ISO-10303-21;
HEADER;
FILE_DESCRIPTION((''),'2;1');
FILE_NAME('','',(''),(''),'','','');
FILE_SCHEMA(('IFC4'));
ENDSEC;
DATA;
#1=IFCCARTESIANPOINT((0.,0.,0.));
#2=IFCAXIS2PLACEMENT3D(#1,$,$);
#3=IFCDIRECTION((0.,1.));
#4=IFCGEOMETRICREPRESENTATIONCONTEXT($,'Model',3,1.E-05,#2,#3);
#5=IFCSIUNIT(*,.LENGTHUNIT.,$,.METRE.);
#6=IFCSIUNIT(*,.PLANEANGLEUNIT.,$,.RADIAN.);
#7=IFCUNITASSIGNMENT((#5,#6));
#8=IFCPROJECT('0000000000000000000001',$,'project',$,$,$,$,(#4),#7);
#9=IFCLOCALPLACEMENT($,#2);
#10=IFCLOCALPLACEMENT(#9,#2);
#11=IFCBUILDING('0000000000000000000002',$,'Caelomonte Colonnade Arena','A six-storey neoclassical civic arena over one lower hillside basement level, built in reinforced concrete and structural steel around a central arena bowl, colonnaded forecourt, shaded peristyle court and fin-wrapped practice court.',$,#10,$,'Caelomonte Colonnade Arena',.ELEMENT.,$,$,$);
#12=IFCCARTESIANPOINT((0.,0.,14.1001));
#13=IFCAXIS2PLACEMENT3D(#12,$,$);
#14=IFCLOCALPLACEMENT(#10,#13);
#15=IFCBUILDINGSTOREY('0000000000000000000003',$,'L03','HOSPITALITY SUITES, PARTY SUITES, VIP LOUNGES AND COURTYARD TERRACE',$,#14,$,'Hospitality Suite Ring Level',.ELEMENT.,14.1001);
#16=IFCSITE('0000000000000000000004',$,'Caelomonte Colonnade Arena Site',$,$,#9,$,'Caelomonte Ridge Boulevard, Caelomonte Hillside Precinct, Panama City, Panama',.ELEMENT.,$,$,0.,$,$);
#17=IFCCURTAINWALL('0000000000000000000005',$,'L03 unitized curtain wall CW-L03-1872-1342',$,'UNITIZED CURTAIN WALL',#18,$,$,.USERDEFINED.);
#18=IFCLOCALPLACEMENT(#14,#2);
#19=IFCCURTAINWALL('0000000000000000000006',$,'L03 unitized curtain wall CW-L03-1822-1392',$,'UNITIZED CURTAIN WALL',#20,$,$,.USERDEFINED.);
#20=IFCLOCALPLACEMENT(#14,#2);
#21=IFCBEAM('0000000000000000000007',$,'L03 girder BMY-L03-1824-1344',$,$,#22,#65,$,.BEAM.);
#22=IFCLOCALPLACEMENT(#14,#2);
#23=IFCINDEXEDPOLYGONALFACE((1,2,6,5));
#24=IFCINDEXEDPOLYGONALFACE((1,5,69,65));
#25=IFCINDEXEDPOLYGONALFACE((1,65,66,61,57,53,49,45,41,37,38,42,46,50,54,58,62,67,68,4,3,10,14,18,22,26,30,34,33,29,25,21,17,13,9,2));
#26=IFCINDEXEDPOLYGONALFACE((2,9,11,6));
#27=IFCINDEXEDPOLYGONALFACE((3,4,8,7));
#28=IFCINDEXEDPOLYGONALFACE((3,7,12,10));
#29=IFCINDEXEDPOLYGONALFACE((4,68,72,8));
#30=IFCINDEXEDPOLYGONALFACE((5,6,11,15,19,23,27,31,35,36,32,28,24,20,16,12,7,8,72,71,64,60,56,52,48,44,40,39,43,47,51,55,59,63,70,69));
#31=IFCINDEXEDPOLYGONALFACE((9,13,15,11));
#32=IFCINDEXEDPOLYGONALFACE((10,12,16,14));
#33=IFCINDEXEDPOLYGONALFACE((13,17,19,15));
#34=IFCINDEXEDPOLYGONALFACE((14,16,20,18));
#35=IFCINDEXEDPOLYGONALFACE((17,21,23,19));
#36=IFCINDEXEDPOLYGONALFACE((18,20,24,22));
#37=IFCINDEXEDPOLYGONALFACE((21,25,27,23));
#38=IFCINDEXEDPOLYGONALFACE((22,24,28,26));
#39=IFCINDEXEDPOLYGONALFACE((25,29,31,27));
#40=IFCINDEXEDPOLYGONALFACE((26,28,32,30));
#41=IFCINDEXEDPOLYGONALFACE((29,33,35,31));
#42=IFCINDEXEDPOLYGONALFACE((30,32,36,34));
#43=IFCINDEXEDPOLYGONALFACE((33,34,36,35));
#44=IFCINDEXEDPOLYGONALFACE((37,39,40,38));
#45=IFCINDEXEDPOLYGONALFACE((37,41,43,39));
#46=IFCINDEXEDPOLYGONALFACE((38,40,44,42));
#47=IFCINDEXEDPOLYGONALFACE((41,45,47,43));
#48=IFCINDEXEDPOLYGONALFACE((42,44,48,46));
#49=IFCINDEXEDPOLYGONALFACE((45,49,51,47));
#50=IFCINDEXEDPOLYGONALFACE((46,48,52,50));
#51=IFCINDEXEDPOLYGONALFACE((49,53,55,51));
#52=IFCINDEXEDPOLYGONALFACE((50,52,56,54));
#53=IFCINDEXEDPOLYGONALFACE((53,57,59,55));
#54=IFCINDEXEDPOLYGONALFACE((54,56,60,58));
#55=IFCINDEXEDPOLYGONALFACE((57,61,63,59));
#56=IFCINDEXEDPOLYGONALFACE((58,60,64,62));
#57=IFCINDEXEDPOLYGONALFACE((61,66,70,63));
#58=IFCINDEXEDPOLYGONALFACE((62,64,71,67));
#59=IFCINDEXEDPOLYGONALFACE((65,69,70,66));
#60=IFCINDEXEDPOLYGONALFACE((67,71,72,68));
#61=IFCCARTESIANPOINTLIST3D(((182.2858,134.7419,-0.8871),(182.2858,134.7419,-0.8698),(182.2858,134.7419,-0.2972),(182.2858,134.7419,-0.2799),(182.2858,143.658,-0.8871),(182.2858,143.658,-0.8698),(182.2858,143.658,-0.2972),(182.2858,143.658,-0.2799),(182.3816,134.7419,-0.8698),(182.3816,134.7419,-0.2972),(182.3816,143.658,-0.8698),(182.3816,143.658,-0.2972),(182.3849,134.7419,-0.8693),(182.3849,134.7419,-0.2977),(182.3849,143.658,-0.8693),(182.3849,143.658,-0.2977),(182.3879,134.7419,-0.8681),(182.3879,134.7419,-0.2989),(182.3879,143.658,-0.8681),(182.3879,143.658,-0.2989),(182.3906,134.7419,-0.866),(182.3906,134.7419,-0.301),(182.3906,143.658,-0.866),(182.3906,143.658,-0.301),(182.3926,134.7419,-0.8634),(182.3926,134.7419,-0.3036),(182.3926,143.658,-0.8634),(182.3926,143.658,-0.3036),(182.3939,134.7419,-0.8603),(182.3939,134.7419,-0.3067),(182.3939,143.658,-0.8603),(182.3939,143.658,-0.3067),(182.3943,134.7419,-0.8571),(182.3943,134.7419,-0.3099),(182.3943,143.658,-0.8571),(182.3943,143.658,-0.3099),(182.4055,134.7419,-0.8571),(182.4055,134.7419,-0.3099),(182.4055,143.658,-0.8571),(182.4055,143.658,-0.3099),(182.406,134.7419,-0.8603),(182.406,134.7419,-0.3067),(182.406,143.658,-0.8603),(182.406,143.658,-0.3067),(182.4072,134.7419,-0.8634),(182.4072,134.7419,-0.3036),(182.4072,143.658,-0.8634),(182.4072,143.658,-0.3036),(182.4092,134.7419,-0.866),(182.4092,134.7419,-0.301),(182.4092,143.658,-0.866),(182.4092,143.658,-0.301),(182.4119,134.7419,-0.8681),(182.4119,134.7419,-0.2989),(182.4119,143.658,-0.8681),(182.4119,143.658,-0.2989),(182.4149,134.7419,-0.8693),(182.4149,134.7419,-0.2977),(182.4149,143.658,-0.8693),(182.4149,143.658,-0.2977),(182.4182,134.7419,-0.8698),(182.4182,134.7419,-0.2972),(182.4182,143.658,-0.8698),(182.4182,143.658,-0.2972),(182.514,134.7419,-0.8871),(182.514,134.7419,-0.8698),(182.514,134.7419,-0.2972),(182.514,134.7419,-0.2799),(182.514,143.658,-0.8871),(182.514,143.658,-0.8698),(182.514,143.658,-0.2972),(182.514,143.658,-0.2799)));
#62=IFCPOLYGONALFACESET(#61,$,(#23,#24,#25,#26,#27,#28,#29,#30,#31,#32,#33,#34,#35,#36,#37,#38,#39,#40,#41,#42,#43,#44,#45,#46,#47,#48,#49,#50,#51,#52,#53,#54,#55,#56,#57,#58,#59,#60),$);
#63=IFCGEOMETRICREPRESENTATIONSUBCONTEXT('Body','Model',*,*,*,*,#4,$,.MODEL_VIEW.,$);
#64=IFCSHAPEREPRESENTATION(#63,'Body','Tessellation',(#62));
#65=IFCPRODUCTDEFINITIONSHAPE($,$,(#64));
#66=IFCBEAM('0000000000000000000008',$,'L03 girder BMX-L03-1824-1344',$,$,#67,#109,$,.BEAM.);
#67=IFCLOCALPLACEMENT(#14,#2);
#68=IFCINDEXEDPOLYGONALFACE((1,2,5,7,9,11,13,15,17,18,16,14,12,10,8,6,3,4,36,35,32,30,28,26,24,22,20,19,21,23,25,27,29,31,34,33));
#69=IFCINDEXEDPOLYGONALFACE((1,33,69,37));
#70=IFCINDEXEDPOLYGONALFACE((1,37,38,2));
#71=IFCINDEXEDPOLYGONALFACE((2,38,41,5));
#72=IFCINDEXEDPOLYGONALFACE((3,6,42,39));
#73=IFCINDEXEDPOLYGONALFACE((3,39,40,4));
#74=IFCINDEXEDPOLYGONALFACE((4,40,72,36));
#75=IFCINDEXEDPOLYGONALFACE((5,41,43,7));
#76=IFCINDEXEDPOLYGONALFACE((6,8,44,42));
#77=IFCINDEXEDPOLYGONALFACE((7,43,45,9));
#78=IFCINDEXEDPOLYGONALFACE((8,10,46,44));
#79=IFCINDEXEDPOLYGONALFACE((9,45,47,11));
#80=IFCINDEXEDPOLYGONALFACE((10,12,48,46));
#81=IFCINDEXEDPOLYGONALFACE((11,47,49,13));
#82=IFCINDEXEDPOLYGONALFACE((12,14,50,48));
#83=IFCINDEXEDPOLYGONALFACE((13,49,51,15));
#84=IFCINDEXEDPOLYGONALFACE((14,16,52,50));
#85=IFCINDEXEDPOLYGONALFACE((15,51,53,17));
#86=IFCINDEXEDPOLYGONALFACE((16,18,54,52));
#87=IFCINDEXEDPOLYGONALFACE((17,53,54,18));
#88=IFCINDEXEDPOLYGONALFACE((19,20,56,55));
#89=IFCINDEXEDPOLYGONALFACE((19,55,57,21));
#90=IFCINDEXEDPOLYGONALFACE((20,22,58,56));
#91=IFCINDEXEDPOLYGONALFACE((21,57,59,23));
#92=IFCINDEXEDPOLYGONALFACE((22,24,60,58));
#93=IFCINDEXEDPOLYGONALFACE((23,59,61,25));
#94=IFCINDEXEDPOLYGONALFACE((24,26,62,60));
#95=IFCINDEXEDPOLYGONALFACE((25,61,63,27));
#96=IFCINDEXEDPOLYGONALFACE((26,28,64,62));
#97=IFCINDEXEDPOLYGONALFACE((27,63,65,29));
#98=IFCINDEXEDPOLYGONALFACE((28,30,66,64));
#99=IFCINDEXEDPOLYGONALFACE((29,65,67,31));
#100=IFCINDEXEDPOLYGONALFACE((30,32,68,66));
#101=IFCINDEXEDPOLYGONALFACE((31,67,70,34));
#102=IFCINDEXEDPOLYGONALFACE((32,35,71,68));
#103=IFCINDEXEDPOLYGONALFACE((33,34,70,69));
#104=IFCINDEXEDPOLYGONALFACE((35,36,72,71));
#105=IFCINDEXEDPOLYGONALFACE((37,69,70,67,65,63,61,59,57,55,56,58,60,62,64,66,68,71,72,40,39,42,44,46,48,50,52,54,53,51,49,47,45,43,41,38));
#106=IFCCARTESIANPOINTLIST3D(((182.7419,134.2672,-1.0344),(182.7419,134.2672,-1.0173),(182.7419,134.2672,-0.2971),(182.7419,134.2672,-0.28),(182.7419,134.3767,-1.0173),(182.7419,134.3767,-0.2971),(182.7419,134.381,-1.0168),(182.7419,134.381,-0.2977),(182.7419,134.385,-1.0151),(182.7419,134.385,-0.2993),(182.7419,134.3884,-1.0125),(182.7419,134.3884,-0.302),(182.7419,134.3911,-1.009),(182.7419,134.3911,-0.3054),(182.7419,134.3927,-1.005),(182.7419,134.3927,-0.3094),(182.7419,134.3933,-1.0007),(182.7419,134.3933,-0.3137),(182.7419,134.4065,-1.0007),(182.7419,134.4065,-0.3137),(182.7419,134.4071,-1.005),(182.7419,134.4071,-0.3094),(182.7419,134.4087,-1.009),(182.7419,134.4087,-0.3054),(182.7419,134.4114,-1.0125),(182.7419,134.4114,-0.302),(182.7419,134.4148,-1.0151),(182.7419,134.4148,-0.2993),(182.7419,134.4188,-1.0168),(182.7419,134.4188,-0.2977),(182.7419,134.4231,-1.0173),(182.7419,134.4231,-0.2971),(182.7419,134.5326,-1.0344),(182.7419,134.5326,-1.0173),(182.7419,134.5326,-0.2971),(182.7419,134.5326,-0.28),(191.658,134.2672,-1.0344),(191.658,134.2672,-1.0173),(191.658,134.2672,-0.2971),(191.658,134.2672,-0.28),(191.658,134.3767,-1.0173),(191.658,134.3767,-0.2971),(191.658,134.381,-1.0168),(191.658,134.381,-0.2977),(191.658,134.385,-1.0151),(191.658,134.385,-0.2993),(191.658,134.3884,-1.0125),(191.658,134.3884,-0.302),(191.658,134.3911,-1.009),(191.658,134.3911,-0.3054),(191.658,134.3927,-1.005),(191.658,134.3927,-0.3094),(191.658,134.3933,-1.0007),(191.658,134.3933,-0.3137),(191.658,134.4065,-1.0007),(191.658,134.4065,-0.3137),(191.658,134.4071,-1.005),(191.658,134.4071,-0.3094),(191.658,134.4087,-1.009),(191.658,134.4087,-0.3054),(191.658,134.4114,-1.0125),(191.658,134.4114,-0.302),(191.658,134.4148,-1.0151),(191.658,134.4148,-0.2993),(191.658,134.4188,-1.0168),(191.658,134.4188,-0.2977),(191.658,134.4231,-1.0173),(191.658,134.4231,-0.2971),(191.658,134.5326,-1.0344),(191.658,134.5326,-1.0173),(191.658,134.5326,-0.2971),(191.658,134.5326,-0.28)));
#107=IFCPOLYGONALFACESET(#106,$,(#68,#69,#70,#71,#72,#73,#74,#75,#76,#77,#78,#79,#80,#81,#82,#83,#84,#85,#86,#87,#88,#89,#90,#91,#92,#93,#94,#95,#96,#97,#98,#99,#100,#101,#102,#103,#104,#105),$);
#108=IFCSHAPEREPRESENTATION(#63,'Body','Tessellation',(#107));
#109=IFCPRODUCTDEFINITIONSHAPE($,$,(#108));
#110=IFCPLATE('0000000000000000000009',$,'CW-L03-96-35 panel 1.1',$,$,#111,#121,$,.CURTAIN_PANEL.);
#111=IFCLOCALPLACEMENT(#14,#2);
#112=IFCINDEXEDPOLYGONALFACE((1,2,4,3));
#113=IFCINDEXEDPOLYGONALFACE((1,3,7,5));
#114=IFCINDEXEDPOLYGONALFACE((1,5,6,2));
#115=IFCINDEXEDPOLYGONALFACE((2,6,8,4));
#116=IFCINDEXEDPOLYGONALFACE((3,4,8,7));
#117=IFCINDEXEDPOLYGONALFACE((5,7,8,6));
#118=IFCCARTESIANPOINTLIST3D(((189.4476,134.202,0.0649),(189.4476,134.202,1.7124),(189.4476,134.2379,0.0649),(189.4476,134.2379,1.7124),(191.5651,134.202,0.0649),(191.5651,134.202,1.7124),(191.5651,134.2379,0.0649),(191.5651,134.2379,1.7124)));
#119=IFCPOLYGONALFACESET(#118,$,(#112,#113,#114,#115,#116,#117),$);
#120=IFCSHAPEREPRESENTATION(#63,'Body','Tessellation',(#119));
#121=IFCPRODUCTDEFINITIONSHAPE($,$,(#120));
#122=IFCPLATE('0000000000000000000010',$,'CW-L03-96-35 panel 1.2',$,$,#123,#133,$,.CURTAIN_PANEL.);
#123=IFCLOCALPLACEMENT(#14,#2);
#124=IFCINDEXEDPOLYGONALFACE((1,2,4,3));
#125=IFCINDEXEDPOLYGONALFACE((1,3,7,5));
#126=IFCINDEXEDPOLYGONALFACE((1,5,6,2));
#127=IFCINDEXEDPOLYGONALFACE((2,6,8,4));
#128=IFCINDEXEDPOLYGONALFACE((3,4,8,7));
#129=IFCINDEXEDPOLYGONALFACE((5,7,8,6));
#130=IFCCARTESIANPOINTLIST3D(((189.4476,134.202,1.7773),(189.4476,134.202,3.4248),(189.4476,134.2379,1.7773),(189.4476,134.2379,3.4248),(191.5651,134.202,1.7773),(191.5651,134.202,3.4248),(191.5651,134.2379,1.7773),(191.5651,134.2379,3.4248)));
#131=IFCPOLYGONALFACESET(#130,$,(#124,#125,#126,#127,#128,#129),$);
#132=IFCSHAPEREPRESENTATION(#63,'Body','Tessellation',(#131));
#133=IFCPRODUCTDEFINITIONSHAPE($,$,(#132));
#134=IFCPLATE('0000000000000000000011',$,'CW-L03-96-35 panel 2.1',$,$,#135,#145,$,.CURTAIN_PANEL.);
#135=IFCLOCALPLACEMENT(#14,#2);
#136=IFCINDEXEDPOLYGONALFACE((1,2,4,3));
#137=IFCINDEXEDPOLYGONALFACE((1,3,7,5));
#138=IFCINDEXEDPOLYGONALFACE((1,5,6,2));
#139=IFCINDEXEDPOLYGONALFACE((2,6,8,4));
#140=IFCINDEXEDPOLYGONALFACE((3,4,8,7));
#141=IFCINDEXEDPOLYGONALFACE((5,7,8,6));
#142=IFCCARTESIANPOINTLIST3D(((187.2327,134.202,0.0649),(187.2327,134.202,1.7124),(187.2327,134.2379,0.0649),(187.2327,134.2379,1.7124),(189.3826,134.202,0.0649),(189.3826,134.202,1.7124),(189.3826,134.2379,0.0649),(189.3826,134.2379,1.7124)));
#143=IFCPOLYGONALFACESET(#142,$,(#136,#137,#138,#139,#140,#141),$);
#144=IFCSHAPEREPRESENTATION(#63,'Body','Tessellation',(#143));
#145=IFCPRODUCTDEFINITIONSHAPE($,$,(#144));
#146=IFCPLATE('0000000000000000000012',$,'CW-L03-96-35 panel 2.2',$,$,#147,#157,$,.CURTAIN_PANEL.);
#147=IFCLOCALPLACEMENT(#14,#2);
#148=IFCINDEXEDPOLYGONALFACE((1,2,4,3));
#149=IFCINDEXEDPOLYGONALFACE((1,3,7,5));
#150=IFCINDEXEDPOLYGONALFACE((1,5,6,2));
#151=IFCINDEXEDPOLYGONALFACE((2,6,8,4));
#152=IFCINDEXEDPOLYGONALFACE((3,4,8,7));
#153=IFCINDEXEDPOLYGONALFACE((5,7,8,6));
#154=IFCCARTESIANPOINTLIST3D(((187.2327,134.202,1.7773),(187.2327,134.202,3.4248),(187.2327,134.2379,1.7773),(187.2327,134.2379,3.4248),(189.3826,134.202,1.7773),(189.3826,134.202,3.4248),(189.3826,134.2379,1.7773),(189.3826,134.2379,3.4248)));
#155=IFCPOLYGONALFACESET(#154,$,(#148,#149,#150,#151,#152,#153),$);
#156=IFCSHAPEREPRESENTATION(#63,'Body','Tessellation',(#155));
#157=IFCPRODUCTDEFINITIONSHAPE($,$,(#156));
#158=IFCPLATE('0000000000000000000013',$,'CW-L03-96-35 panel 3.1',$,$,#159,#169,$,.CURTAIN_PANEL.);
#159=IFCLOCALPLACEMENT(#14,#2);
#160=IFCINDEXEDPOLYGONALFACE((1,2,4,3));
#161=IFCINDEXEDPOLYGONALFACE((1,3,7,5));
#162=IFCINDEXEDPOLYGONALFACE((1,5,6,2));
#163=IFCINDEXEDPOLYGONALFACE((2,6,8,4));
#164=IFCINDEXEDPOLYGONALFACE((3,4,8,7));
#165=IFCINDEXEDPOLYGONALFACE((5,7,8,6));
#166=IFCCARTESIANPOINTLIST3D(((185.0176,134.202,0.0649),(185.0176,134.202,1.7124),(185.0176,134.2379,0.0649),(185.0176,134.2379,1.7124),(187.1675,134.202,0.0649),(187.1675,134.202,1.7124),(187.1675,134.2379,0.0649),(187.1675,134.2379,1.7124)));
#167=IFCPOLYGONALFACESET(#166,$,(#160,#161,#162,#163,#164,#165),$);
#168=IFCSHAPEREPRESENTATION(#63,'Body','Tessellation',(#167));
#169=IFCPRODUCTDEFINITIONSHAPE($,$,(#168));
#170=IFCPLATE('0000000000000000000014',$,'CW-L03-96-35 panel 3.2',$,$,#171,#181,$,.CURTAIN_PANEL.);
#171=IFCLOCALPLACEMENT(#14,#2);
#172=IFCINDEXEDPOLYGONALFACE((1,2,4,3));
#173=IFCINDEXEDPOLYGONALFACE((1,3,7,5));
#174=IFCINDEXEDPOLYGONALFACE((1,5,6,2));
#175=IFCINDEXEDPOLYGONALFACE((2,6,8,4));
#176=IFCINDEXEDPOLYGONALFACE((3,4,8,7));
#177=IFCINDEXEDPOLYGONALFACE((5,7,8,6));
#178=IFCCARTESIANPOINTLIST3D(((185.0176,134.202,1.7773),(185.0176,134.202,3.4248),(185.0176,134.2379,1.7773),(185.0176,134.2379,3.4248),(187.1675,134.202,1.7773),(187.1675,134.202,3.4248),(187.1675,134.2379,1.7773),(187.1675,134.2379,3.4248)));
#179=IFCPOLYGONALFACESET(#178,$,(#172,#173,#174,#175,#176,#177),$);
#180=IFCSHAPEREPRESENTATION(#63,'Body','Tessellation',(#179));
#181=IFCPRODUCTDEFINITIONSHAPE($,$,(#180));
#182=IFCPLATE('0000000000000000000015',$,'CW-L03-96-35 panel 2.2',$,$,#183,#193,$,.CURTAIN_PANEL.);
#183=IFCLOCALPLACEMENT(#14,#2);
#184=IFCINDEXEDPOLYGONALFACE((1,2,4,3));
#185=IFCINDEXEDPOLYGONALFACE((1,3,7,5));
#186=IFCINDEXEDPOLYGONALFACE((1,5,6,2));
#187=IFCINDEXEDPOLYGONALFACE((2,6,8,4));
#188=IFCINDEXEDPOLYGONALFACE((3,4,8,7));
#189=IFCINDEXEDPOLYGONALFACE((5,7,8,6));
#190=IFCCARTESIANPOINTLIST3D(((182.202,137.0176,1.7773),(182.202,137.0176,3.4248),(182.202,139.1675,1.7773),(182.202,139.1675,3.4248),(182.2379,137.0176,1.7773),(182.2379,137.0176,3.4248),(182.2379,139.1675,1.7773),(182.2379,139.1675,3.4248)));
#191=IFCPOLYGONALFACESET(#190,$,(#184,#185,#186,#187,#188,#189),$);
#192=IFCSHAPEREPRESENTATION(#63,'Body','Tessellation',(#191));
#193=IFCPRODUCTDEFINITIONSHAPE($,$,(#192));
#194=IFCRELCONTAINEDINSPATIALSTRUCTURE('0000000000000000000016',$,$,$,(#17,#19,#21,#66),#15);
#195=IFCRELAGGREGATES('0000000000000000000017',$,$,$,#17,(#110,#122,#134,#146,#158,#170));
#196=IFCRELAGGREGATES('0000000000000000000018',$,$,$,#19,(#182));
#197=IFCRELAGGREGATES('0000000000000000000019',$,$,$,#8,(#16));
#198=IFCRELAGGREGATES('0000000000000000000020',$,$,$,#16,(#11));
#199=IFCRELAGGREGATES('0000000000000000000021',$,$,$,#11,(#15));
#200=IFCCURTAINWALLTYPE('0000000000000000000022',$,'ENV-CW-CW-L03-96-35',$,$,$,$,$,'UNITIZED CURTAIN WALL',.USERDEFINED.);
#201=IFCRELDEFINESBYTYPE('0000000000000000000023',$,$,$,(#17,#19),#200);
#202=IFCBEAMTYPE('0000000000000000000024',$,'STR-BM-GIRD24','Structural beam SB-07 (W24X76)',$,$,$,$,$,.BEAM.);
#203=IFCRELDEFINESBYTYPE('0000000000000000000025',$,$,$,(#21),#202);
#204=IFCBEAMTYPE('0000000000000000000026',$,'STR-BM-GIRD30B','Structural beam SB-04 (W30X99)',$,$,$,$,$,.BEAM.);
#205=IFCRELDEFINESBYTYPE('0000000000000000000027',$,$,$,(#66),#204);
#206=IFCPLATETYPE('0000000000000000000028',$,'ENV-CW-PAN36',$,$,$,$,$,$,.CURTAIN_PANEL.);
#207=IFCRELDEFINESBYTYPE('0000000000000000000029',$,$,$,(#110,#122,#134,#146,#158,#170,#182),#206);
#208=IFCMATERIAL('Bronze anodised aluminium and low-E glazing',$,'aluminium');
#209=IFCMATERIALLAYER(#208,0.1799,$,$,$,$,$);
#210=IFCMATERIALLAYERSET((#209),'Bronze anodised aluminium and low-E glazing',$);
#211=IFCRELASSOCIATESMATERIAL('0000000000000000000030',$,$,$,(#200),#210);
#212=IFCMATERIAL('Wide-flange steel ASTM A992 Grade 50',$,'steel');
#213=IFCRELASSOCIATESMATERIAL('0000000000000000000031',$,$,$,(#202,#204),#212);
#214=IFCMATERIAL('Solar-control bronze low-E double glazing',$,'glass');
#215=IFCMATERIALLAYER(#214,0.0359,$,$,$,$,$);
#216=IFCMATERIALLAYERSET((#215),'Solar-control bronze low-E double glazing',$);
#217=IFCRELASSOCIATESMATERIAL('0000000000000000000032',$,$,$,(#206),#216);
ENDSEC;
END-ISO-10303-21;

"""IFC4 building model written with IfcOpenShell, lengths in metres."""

from ifc_helpers import new_model, si_unit, direction, frame, origin, origin_2d, place, context, subcontext, project, spatial, rectangle, i_section, extrude, material, layer, layer_set, material_profile, profile_set, type_object, element, aggregate, save


model = new_model("IFC4")

# Units and contexts
model_context = context("Model", 3, precision=1e-05, world=origin(), true_north=direction((0.0, 1.0)))
body_context = subcontext(model_context, "Body", "Model", "MODEL_VIEW")
ifc_project = project(units=[si_unit("LENGTHUNIT", "METRE"), si_unit("PLANEANGLEUNIT", "RADIAN")], contexts=[model_context])

# Site, building, storey
site_placement = place(None, origin())
site = spatial("IfcSite", under=ifc_project, at=site_placement, Name="Caelomonte Colonnade Arena Site", LongName="Caelomonte Ridge Boulevard, Caelomonte Hillside Precinct, Panama City, Panama", CompositionType="ELEMENT", RefElevation=0.0)
building_placement = place(site_placement, origin())
building = spatial("IfcBuilding", under=site, at=building_placement, Name="Caelomonte Colonnade Arena", Description="A six-storey neoclassical civic arena over one lower hillside basement level, built in reinforced concrete and structural steel around a central arena bowl, colonnaded forecourt, shaded peristyle court and fin-wrapped practice court.", LongName="Caelomonte Colonnade Arena", CompositionType="ELEMENT")
storey_placement = place(building_placement, frame((0.0, 0.0, 14.1001)))
storey = spatial("IfcBuildingStorey", under=building, at=storey_placement, Name="L03", Description="HOSPITALITY SUITES, PARTY SUITES, VIP LOUNGES AND COURTYARD TERRACE", LongName="Hospitality Suite Ring Level", CompositionType="ELEMENT", Elevation=14.1001)

# Curtain walls
ifc_material_1 = material(Name="Bronze anodised aluminium and low-E glazing", Category="aluminium")
ifc_layer_1 = layer(ifc_material_1, 0.1799)
ifc_layer_set_1 = layer_set([ifc_layer_1], Name="Bronze anodised aluminium and low-E glazing")
curtain_wall_type = type_object("IfcCurtainWallType", Name="ENV-CW-CW-L03-96-35", ElementType="UNITIZED CURTAIN WALL", PredefinedType="USERDEFINED", material=ifc_layer_set_1)
curtain_wall_1_placement = place(storey_placement, origin())
curtain_wall_1 = element("IfcCurtainWall", 1, at=curtain_wall_1_placement, inside=storey, type_object=curtain_wall_type, Name="L03 unitized curtain wall CW-L03-1872-1342", ObjectType="UNITIZED CURTAIN WALL", PredefinedType="USERDEFINED")
curtain_wall_2_placement = place(storey_placement, origin())
curtain_wall_2 = element("IfcCurtainWall", 2, at=curtain_wall_2_placement, inside=storey, type_object=curtain_wall_type, Name="L03 unitized curtain wall CW-L03-1822-1392", ObjectType="UNITIZED CURTAIN WALL", PredefinedType="USERDEFINED")

# Beams
ifc_material_2 = material(Name="Wide-flange steel ASTM A992 Grade 50", Category="steel")
ifc_material_profile_1 = material_profile(ifc_material_2, i_section(OverallWidth=0.2283, OverallDepth=0.6072, WebThickness=0.0112, FlangeThickness=0.0173, FilletRadius=0.0127, at=origin_2d()), Name="W24X76")
ifc_profile_set_1 = profile_set([ifc_material_profile_1], Name="Wide-flange steel ASTM A992 Grade 50")
beam_type_1 = type_object("IfcBeamType", Name="STR-BM-GIRD24", Description="Structural beam SB-07 (W24X76)", PredefinedType="BEAM", material=ifc_profile_set_1)
beam_1_placement = place(storey_placement, frame((182.3999, 134.7419, -0.5835), z_axis=(0.0, 1.0, 0.0), x_axis=(-1.0, 0.0, 0.0)))
element("IfcBeam", 3, at=beam_1_placement, inside=storey, type_object=beam_type_1, Name="L03 girder BMY-L03-1824-1344", PredefinedType="BEAM", context=body_context, shape_type="SweptSolid", body=[
    extrude(i_section(OverallWidth=0.2283, OverallDepth=0.6072, WebThickness=0.0112, FlangeThickness=0.0173, FilletRadius=0.0127, at=origin_2d()), origin(), (0.0, 0.0, 1.0), 8.916),
])
ifc_material_profile_2 = material_profile(ifc_material_2, i_section(OverallWidth=0.2654, OverallDepth=0.7544, WebThickness=0.0132, FlangeThickness=0.0171, FilletRadius=0.0166, at=origin_2d()), Name="W30X99")
ifc_profile_set_2 = profile_set([ifc_material_profile_2], Name="Wide-flange steel ASTM A992 Grade 50")
beam_type_2 = type_object("IfcBeamType", Name="STR-BM-GIRD30B", Description="Structural beam SB-04 (W30X99)", PredefinedType="BEAM", material=ifc_profile_set_2)
beam_2_placement = place(storey_placement, frame((182.7419, 134.3999, -0.6572), z_axis=(1.0, 0.0, 0.0), x_axis=(0.0, 1.0, 0.0)))
element("IfcBeam", 4, at=beam_2_placement, inside=storey, type_object=beam_type_2, Name="L03 girder BMX-L03-1824-1344", PredefinedType="BEAM", context=body_context, shape_type="SweptSolid", body=[
    extrude(i_section(OverallWidth=0.2654, OverallDepth=0.7544, WebThickness=0.0132, FlangeThickness=0.0171, FilletRadius=0.0166, at=origin_2d()), origin(), (0.0, 0.0, 1.0), 8.916),
])

# Plates
ifc_material_3 = material(Name="Solar-control bronze low-E double glazing", Category="glass")
ifc_layer_2 = layer(ifc_material_3, 0.0359)
ifc_layer_set_2 = layer_set([ifc_layer_2], Name="Solar-control bronze low-E double glazing")
plate_type = type_object("IfcPlateType", Name="ENV-CW-PAN36", PredefinedType="CURTAIN_PANEL", material=ifc_layer_set_2)
plate_1_placement = place(storey_placement, frame((190.5063, 134.22, 0.0649), z_axis=(0.0, 0.0, 1.0), x_axis=(-1.0, 0.0, 0.0)))
plate_1 = element("IfcPlate", 5, at=plate_1_placement, type_object=plate_type, Name="CW-L03-96-35 panel 1.1", PredefinedType="CURTAIN_PANEL", context=body_context, shape_type="SweptSolid", body=[
    extrude(rectangle(XDim=2.1174, YDim=0.0359, at=origin_2d()), origin(), (0.0, 0.0, 1.0), 1.6475),
])
plate_2_placement = place(storey_placement, frame((190.5063, 134.22, 1.7773), z_axis=(0.0, 0.0, 1.0), x_axis=(-1.0, 0.0, 0.0)))
plate_2 = element("IfcPlate", 6, at=plate_2_placement, type_object=plate_type, Name="CW-L03-96-35 panel 1.2", PredefinedType="CURTAIN_PANEL", context=body_context, shape_type="SweptSolid", body=[
    extrude(rectangle(XDim=2.1174, YDim=0.0359, at=origin_2d()), origin(), (0.0, 0.0, 1.0), 1.6475),
])
plate_3_placement = place(storey_placement, frame((188.3076, 134.22, 0.0649), z_axis=(0.0, 0.0, 1.0), x_axis=(-1.0, 0.0, 0.0)))
plate_3 = element("IfcPlate", 7, at=plate_3_placement, type_object=plate_type, Name="CW-L03-96-35 panel 2.1", PredefinedType="CURTAIN_PANEL", context=body_context, shape_type="SweptSolid", body=[
    extrude(rectangle(XDim=2.1499, YDim=0.0359, at=origin_2d()), origin(), (0.0, 0.0, 1.0), 1.6475),
])
plate_4_placement = place(storey_placement, frame((188.3076, 134.22, 1.7773), z_axis=(0.0, 0.0, 1.0), x_axis=(-1.0, 0.0, 0.0)))
plate_4 = element("IfcPlate", 8, at=plate_4_placement, type_object=plate_type, Name="CW-L03-96-35 panel 2.2", PredefinedType="CURTAIN_PANEL", context=body_context, shape_type="SweptSolid", body=[
    extrude(rectangle(XDim=2.1499, YDim=0.0359, at=origin_2d()), origin(), (0.0, 0.0, 1.0), 1.6475),
])
plate_5_placement = place(storey_placement, frame((186.0925, 134.22, 0.0649), z_axis=(0.0, 0.0, 1.0), x_axis=(-1.0, 0.0, 0.0)))
plate_5 = element("IfcPlate", 9, at=plate_5_placement, type_object=plate_type, Name="CW-L03-96-35 panel 3.1", PredefinedType="CURTAIN_PANEL", context=body_context, shape_type="SweptSolid", body=[
    extrude(rectangle(XDim=2.1499, YDim=0.0359, at=origin_2d()), origin(), (0.0, 0.0, 1.0), 1.6475),
])
plate_6_placement = place(storey_placement, frame((186.0925, 134.22, 1.7773), z_axis=(0.0, 0.0, 1.0), x_axis=(-1.0, 0.0, 0.0)))
plate_6 = element("IfcPlate", 10, at=plate_6_placement, type_object=plate_type, Name="CW-L03-96-35 panel 3.2", PredefinedType="CURTAIN_PANEL", context=body_context, shape_type="SweptSolid", body=[
    extrude(rectangle(XDim=2.1499, YDim=0.0359, at=origin_2d()), origin(), (0.0, 0.0, 1.0), 1.6475),
])
aggregate(curtain_wall_1, [plate_1, plate_2, plate_3, plate_4, plate_5, plate_6])
plate_7_placement = place(storey_placement, frame((182.22, 138.0925, 1.7773), z_axis=(0.0, 0.0, 1.0), x_axis=(0.0, 1.0, 0.0)))
plate_7 = element("IfcPlate", 11, at=plate_7_placement, type_object=plate_type, Name="CW-L03-96-35 panel 2.2", PredefinedType="CURTAIN_PANEL", context=body_context, shape_type="SweptSolid", body=[
    extrude(rectangle(XDim=2.1499, YDim=0.0359, at=origin_2d()), origin(), (0.0, 0.0, 1.0), 1.6475),
])
aggregate(curtain_wall_2, [plate_7])

save(model, "model.ifc")
